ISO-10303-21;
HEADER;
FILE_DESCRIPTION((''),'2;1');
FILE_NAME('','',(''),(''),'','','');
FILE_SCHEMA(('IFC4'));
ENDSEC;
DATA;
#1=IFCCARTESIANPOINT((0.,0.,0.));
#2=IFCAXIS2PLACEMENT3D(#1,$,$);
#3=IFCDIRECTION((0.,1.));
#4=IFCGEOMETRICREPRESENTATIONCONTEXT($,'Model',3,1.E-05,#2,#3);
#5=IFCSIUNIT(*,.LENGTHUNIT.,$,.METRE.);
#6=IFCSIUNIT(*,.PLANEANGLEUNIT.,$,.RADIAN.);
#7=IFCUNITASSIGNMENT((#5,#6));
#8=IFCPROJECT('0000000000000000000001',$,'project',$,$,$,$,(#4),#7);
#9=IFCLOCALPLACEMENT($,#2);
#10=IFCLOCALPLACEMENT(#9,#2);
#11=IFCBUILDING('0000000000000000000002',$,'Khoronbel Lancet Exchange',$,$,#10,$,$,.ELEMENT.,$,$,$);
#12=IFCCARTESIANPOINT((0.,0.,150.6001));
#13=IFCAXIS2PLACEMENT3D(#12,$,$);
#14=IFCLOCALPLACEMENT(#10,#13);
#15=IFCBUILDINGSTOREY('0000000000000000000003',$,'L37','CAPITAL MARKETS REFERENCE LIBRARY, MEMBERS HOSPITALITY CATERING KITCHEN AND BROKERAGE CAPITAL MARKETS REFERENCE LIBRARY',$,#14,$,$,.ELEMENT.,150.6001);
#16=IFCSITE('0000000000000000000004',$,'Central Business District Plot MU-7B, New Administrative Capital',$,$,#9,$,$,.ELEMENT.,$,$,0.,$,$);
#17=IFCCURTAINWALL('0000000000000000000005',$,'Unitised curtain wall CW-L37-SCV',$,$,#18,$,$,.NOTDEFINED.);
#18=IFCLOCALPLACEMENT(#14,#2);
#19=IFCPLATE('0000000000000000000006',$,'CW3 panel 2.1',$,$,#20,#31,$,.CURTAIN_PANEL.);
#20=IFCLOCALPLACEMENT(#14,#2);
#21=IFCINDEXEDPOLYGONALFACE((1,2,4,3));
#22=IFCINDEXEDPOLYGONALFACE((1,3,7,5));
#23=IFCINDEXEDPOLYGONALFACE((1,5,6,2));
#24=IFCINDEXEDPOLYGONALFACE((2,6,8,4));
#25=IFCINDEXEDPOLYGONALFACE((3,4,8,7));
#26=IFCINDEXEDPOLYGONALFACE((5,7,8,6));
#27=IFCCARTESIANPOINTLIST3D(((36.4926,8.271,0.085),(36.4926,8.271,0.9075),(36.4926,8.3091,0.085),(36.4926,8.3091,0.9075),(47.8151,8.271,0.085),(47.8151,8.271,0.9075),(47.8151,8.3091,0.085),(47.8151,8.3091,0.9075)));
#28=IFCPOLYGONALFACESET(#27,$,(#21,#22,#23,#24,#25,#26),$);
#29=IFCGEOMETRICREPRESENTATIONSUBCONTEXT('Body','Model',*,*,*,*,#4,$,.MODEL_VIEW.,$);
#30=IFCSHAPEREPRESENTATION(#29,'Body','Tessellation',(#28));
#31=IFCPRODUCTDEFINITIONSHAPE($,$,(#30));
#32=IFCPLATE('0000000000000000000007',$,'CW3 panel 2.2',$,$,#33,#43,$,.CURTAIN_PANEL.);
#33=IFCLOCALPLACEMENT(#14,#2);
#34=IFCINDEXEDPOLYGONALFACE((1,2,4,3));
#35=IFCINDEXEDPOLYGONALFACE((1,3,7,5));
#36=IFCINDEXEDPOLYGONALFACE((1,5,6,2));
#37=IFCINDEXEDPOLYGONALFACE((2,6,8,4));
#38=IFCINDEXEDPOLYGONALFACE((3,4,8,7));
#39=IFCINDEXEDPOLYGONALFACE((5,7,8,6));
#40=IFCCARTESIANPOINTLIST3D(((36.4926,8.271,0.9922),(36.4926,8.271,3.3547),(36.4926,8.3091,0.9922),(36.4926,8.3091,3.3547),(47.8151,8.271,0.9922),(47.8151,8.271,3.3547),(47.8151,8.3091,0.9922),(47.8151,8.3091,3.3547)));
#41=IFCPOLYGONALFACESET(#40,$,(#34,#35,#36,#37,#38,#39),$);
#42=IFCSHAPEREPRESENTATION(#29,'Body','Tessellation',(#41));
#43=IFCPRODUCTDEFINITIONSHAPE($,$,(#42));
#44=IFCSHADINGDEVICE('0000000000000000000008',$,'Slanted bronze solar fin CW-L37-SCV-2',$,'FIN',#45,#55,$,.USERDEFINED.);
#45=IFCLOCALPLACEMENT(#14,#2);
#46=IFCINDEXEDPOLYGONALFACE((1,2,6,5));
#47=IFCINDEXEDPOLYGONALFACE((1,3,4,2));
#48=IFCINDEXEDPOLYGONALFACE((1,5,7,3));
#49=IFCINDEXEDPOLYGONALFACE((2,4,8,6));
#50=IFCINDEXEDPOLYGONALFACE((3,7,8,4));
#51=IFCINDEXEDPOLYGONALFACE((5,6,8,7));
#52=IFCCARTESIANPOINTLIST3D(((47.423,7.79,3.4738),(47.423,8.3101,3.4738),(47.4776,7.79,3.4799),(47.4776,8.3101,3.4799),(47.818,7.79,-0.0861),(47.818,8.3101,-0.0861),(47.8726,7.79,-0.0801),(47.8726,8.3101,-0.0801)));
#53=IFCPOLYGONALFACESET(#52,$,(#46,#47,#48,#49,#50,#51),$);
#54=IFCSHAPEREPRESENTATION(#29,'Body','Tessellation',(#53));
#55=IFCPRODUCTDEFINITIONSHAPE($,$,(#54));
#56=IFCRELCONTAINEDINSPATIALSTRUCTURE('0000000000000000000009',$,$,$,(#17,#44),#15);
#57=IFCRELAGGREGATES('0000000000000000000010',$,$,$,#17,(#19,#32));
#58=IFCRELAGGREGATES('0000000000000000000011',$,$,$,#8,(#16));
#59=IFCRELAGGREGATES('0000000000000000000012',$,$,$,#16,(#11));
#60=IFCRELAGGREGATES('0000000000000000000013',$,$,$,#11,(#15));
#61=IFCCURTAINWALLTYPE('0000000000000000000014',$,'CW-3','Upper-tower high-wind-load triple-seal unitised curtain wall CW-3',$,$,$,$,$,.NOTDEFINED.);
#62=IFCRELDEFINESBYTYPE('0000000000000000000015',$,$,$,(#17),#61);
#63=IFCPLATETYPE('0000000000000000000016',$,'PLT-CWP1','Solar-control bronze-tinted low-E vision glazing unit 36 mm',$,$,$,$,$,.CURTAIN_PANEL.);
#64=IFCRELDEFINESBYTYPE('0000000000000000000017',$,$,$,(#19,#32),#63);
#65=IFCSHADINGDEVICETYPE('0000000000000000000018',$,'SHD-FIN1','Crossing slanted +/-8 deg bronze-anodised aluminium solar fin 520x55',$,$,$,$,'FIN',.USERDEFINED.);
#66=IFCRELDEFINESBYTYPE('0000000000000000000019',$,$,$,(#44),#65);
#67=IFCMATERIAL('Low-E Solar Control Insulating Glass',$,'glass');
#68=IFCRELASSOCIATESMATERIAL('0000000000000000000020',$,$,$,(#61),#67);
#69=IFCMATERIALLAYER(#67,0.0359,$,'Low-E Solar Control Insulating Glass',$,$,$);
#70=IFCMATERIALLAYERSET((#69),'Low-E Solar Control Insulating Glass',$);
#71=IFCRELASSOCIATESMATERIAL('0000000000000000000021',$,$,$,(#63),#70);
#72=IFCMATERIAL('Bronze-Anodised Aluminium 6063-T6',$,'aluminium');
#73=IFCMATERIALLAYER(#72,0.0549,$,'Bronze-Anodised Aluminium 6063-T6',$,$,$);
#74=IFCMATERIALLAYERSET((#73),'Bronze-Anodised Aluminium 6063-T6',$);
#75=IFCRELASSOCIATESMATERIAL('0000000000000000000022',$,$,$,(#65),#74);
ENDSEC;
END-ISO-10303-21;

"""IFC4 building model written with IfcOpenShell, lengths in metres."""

from ifc_helpers import new_model, si_unit, direction, frame, origin, origin_2d, place, context, subcontext, project, spatial, polyline, rectangle, outline, extrude, material, layer, layer_set, type_object, element, aggregate, save


model = new_model("IFC4")

# Units and contexts
model_context = context("Model", 3, precision=1e-05, world=origin(), true_north=direction((0.0, 1.0)))
body_context = subcontext(model_context, "Body", "Model", "MODEL_VIEW")
ifc_project = project(units=[si_unit("LENGTHUNIT", "METRE"), si_unit("PLANEANGLEUNIT", "RADIAN")], contexts=[model_context])

# Site, building, storey
site_placement = place(None, origin())
site = spatial("IfcSite", under=ifc_project, at=site_placement, Name="Central Business District Plot MU-7B, New Administrative Capital", CompositionType="ELEMENT", RefElevation=0.0)
building_placement = place(site_placement, origin())
building = spatial("IfcBuilding", under=site, at=building_placement, Name="Khoronbel Lancet Exchange", CompositionType="ELEMENT")
storey_placement = place(building_placement, frame((0.0, 0.0, 150.6001)))
storey = spatial("IfcBuildingStorey", under=building, at=storey_placement, Name="L37", Description="CAPITAL MARKETS REFERENCE LIBRARY, MEMBERS HOSPITALITY CATERING KITCHEN AND BROKERAGE CAPITAL MARKETS REFERENCE LIBRARY", CompositionType="ELEMENT", Elevation=150.6001)

# Curtain wall
ifc_material_1 = material(Name="Low-E Solar Control Insulating Glass", Category="glass")
curtain_wall_type = type_object("IfcCurtainWallType", Name="CW-3", Description="Upper-tower high-wind-load triple-seal unitised curtain wall CW-3", PredefinedType="NOTDEFINED", material=ifc_material_1)
curtain_wall_1_placement = place(storey_placement, origin())
curtain_wall_1 = element("IfcCurtainWall", 1, at=curtain_wall_1_placement, inside=storey, type_object=curtain_wall_type, Name="Unitised curtain wall CW-L37-SCV", PredefinedType="NOTDEFINED")
ifc_material_2 = material(Name="Bronze-Anodised Aluminium 6063-T6", Category="aluminium")

# Plates
ifc_layer_1 = layer(ifc_material_1, 0.0359, Name="Low-E Solar Control Insulating Glass")
ifc_layer_set_1 = layer_set([ifc_layer_1], Name="Low-E Solar Control Insulating Glass")
plate_type_1 = type_object("IfcPlateType", Name="PLT-CWP1", Description="Solar-control bronze-tinted low-E vision glazing unit 36 mm", PredefinedType="CURTAIN_PANEL", material=ifc_layer_set_1)
plate_1_placement = place(storey_placement, frame((42.1538, 8.29, 0.085), z_axis=(0.0, 0.0, 1.0), x_axis=(1.0, 0.0, 0.0)))
plate_1 = element("IfcPlate", 2, at=plate_1_placement, type_object=plate_type_1, Name="CW3 panel 2.1", PredefinedType="CURTAIN_PANEL", context=body_context, shape_type="SweptSolid", body=[
    extrude(rectangle(XDim=11.3225, YDim=0.0381, at=origin_2d()), origin(), (0.0, 0.0, 1.0), 0.8225),
])
plate_2_placement = place(storey_placement, frame((42.1538, 8.29, 0.9922), z_axis=(0.0, 0.0, 1.0), x_axis=(1.0, 0.0, 0.0)))
plate_2 = element("IfcPlate", 3, at=plate_2_placement, type_object=plate_type_1, Name="CW3 panel 2.2", PredefinedType="CURTAIN_PANEL", context=body_context, shape_type="SweptSolid", body=[
    extrude(rectangle(XDim=11.3225, YDim=0.0381, at=origin_2d()), origin(), (0.0, 0.0, 1.0), 2.3625),
])
aggregate(curtain_wall_1, [plate_1, plate_2])

# Shading device
ifc_layer_2 = layer(ifc_material_2, 0.0549, Name="Bronze-Anodised Aluminium 6063-T6")
ifc_layer_set_2 = layer_set([ifc_layer_2], Name="Bronze-Anodised Aluminium 6063-T6")
shading_device_type = type_object("IfcShadingDeviceType", Name="SHD-FIN1", Description="Crossing slanted +/-8 deg bronze-anodised aluminium solar fin 520x55", ElementType="FIN", PredefinedType="USERDEFINED", material=ifc_layer_set_2)
shading_device_placement = place(storey_placement, frame((47.8726, 8.3101, -0.0801), z_axis=(0.9939, 0.0, 0.110282), x_axis=(0.0, -1.0, 0.0)))
element("IfcShadingDevice", 4, at=shading_device_placement, inside=storey, type_object=shading_device_type, Name="Slanted bronze solar fin CW-L37-SCV-2", ObjectType="FIN", PredefinedType="USERDEFINED", context=body_context, shape_type="SweptSolid", body=[
    extrude(outline(polyline([(0.0, 0.0), (0.52, 0.0), (0.52, -3.5818), (0.0, -3.5818), (0.0, 0.0)])), origin(), (0.0, 0.0, -1.0), 0.0549),
])

save(model, "model.ifc")
